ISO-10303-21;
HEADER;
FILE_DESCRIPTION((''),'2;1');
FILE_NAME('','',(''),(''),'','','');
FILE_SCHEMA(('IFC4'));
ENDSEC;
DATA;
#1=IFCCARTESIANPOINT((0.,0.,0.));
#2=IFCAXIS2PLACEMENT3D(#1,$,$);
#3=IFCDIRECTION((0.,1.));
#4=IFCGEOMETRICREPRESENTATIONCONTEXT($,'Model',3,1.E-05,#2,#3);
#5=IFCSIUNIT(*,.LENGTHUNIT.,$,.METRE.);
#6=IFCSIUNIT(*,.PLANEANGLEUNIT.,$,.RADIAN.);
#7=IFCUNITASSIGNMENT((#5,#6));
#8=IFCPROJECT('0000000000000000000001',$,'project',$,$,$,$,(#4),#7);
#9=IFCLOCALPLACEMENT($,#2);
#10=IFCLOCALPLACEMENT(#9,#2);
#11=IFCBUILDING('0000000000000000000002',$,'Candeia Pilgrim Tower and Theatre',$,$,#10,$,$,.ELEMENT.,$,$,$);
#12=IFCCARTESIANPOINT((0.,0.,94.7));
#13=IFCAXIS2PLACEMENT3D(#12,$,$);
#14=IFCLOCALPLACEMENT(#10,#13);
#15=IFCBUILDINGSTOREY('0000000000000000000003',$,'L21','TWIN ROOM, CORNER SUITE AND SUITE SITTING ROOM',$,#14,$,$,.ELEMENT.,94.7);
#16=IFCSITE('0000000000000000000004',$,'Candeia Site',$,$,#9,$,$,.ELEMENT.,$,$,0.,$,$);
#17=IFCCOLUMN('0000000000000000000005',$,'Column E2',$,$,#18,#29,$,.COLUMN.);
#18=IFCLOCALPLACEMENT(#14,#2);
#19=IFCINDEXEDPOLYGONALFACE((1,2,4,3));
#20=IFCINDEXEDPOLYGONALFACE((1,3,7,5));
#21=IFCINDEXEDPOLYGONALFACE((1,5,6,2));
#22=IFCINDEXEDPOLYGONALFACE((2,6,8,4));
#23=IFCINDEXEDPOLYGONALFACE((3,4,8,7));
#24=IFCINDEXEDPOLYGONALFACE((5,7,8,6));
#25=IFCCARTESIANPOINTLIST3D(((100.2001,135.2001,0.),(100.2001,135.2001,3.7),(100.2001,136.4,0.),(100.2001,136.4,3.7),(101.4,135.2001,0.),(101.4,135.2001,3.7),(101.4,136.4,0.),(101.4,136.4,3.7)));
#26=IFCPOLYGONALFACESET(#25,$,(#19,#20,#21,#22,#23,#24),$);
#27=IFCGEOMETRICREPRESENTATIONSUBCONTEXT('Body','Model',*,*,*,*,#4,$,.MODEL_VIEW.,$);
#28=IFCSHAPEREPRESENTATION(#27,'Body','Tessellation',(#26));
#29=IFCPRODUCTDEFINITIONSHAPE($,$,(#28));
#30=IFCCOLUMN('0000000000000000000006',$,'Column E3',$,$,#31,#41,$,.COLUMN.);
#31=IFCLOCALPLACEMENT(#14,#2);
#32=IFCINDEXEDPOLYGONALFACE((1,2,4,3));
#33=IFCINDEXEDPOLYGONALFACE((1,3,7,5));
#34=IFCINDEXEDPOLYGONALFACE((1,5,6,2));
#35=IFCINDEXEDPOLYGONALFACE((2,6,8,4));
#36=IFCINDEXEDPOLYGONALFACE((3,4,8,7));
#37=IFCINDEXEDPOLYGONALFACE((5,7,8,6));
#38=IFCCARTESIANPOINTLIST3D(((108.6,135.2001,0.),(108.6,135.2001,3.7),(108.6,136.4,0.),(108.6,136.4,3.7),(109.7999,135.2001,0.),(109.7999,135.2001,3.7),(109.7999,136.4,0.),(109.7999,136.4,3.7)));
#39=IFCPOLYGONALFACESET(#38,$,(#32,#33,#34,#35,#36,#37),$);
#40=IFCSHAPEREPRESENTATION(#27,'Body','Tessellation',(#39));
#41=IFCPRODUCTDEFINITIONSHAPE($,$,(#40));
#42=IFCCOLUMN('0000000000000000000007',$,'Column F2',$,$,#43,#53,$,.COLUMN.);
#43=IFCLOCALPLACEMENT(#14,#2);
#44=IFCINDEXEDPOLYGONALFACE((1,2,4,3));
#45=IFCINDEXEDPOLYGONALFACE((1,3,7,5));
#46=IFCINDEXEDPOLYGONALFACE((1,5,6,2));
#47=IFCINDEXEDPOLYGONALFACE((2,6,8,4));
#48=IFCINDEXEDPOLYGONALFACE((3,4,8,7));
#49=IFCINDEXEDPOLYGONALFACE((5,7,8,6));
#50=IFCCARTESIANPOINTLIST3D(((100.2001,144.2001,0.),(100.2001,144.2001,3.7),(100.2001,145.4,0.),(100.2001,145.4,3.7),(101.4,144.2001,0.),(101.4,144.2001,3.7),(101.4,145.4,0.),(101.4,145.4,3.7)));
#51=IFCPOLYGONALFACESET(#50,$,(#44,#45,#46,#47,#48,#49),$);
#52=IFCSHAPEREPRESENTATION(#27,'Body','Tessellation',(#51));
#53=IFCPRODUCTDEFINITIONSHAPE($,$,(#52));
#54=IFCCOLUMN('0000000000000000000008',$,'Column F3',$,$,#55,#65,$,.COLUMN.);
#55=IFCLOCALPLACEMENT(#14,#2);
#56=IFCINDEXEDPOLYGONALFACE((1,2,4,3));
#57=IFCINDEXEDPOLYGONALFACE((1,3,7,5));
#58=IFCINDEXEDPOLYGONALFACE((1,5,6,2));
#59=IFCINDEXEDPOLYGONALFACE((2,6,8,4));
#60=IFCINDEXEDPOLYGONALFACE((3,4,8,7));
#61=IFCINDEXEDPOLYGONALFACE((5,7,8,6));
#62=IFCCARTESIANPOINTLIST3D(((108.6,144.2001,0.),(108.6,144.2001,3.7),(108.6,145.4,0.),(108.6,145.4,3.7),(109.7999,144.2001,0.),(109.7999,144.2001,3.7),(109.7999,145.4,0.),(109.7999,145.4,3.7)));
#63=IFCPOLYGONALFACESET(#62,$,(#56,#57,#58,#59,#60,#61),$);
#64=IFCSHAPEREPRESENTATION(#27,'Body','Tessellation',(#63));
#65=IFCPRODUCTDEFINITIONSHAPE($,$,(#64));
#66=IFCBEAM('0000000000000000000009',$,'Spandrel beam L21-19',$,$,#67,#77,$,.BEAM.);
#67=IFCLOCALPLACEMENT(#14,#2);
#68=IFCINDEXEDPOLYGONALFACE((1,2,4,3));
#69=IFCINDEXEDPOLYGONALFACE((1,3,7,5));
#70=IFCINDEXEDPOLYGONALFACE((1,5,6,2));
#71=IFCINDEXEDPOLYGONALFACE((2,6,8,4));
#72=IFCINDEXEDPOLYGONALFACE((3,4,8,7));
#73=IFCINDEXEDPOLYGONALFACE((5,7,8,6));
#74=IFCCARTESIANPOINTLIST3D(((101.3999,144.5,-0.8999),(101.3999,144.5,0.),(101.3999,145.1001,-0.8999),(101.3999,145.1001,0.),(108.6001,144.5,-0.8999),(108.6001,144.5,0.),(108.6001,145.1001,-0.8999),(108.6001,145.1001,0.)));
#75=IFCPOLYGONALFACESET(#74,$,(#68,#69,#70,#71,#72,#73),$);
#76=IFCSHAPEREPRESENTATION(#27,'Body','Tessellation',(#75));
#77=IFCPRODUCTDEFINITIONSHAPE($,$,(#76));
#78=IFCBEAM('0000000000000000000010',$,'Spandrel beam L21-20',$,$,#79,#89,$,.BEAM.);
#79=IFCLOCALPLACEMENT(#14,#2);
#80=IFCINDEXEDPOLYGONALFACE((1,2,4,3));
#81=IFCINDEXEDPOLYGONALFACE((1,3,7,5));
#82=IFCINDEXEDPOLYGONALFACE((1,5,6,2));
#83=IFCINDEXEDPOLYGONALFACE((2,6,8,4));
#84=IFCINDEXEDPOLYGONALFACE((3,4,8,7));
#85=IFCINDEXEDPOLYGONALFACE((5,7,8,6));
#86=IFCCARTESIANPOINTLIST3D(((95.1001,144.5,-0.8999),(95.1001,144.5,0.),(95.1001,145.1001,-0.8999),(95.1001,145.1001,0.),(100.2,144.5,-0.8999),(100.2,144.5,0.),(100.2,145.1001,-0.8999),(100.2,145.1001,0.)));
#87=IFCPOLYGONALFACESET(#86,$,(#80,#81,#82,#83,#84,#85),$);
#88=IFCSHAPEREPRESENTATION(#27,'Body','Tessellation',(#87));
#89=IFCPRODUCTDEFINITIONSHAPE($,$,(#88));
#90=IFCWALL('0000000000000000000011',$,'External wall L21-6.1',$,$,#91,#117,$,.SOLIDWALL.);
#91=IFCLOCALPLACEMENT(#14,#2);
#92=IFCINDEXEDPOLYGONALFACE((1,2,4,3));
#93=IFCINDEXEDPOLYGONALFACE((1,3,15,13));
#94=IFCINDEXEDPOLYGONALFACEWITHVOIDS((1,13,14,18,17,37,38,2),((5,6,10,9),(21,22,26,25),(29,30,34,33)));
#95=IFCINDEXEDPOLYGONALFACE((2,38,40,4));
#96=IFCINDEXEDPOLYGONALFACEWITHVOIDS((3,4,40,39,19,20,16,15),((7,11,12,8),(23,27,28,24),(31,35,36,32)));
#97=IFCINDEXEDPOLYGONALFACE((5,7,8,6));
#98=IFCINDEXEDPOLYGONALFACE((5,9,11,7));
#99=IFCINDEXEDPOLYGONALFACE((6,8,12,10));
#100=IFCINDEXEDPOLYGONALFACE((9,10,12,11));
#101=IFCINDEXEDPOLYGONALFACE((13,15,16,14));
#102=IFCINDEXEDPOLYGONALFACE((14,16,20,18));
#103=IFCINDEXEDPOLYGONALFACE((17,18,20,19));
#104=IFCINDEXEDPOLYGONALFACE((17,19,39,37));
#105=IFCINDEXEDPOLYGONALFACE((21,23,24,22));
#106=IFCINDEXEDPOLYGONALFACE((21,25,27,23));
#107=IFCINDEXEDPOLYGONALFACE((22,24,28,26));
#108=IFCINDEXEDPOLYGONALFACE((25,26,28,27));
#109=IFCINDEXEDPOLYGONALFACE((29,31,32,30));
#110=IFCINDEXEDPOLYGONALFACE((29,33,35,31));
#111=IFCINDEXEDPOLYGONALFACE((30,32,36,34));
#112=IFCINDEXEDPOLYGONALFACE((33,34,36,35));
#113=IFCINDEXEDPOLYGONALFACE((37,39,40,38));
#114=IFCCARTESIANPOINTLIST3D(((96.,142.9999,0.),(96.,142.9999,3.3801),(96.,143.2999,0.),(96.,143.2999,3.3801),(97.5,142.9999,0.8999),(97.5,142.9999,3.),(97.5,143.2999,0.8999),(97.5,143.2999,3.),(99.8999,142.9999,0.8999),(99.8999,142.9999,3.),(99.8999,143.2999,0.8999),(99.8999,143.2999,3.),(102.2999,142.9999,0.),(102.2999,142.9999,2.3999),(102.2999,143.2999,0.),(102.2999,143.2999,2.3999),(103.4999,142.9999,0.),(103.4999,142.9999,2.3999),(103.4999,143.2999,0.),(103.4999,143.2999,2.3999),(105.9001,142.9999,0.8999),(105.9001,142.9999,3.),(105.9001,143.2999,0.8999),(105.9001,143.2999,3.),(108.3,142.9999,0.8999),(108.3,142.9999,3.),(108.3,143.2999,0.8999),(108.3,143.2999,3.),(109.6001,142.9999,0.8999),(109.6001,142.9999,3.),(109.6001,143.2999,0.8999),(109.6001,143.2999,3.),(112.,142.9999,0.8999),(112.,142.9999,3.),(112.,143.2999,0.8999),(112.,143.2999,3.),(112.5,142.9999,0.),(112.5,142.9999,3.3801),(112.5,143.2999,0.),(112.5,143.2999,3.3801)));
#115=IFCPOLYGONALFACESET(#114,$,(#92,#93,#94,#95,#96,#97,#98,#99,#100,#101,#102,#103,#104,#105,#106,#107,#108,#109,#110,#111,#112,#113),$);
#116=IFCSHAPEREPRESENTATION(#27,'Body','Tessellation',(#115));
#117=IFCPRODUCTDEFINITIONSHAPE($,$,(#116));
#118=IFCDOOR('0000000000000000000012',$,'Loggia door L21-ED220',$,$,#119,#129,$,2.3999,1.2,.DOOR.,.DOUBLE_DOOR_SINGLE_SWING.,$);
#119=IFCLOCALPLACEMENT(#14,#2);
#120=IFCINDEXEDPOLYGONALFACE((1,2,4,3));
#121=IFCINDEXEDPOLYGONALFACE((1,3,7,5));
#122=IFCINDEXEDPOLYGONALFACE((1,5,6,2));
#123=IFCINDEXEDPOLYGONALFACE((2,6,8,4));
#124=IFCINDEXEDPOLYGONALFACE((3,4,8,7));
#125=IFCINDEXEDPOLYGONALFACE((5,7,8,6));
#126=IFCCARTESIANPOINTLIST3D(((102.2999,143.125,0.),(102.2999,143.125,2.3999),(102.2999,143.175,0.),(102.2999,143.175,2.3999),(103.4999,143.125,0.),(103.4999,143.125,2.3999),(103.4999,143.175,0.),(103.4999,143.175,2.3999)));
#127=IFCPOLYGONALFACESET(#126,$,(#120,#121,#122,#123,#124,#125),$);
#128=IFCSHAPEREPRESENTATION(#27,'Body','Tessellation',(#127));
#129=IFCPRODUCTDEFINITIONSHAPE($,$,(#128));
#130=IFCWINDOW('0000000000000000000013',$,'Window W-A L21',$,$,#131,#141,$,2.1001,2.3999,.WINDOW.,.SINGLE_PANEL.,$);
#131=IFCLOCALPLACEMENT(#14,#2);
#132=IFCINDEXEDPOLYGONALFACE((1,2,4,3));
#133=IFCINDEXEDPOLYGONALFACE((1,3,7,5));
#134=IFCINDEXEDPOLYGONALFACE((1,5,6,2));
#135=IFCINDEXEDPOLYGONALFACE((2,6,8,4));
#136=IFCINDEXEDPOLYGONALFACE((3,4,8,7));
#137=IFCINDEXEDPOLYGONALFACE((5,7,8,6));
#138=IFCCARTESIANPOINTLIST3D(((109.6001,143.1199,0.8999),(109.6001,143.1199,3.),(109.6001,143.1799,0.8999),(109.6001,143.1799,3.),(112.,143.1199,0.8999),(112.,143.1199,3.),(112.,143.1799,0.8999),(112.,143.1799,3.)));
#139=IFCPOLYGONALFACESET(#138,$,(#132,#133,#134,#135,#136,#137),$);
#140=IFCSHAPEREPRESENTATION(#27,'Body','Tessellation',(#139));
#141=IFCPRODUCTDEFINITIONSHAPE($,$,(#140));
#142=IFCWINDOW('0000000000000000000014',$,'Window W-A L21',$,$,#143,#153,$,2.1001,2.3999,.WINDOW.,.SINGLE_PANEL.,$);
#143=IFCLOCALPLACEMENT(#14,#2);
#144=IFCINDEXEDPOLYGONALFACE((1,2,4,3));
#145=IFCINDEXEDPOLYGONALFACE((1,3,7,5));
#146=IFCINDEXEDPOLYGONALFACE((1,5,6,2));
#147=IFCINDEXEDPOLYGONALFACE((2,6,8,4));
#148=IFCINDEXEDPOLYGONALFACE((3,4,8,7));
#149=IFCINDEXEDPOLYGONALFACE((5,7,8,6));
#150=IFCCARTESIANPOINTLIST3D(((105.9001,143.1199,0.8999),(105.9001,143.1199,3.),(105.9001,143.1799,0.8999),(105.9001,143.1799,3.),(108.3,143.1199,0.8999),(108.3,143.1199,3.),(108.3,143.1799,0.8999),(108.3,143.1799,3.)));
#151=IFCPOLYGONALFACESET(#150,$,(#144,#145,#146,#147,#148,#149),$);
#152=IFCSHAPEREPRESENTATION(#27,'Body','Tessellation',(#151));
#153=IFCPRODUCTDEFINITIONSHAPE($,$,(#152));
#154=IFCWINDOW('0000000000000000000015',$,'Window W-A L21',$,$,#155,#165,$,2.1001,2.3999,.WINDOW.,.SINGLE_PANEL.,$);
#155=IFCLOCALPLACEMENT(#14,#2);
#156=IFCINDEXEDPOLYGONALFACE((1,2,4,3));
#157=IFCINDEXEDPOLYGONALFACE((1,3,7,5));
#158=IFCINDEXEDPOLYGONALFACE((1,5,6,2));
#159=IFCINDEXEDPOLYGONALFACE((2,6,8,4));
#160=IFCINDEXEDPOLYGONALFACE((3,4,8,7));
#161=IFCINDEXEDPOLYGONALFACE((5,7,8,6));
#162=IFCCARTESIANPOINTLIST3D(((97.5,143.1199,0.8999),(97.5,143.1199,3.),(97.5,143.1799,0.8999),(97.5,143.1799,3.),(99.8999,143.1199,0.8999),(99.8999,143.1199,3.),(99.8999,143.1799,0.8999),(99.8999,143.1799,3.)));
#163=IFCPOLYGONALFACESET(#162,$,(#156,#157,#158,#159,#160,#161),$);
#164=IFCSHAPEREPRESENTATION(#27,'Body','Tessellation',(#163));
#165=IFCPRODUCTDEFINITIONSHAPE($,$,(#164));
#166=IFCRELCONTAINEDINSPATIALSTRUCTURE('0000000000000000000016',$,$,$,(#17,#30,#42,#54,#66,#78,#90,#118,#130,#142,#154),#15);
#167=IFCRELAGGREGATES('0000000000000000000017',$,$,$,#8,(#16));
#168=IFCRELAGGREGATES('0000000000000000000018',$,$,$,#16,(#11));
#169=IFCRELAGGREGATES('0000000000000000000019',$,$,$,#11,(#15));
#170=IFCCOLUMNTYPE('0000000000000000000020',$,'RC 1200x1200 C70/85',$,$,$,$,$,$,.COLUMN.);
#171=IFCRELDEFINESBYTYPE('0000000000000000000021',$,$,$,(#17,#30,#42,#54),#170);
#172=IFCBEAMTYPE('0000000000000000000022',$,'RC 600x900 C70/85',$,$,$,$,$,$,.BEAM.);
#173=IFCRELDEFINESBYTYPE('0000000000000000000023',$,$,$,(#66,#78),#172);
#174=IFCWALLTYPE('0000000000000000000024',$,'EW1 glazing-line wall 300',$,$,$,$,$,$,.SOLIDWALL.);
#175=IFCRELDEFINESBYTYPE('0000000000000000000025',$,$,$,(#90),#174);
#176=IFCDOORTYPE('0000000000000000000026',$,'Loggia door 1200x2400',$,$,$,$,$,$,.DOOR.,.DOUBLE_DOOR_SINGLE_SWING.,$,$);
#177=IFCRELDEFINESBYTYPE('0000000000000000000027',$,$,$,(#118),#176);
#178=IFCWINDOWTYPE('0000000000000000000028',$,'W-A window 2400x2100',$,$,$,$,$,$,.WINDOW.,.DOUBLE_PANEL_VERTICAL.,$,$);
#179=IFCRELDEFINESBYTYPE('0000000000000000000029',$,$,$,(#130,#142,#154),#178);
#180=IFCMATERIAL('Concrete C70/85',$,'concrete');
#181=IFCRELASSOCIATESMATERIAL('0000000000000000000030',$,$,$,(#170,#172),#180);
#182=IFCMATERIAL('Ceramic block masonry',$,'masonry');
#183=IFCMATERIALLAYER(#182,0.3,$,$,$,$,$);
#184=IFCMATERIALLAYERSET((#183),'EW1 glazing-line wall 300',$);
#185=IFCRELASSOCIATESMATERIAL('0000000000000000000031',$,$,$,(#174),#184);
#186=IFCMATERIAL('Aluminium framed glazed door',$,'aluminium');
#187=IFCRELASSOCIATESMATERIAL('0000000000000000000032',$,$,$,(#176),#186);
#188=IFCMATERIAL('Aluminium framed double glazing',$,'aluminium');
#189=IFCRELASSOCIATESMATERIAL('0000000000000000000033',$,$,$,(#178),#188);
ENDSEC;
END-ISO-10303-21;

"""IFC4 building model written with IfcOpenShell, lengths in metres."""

from ifc_helpers import new_model, si_unit, direction, frame, frame_2d, origin, origin_2d, place, context, subcontext, project, spatial, rectangle, extrude, material, layer, layer_set, material_profile, profile_set, type_object, element, fill, save


model = new_model("IFC4")

# Units and contexts
model_context = context("Model", 3, precision=1e-05, world=origin(), true_north=direction((0.0, 1.0)))
body_context = subcontext(model_context, "Body", "Model", "MODEL_VIEW")
ifc_project = project(units=[si_unit("LENGTHUNIT", "METRE"), si_unit("PLANEANGLEUNIT", "RADIAN")], contexts=[model_context])

# Site, building, storey
site_placement = place(None, origin())
site = spatial("IfcSite", under=ifc_project, at=site_placement, Name="Candeia Site", CompositionType="ELEMENT", RefElevation=0.0)
building_placement = place(site_placement, origin())
building = spatial("IfcBuilding", under=site, at=building_placement, Name="Candeia Pilgrim Tower and Theatre", CompositionType="ELEMENT")
storey_placement = place(building_placement, frame((0.0, 0.0, 94.7)))
storey = spatial("IfcBuildingStorey", under=building, at=storey_placement, Name="L21", Description="TWIN ROOM, CORNER SUITE AND SUITE SITTING ROOM", CompositionType="ELEMENT", Elevation=94.7)

# Columns
ifc_material_1 = material(Name="Concrete C70/85", Category="concrete")
ifc_material_profile_1 = material_profile(ifc_material_1, rectangle(XDim=1.2, YDim=1.2, at=origin_2d()))
ifc_profile_set_1 = profile_set([ifc_material_profile_1], Name="Concrete C70/85")
column_type = type_object("IfcColumnType", Name="RC 1200x1200 C70/85", PredefinedType="COLUMN", material=ifc_profile_set_1)
for number, where, z_axis, x_axis, name in (
    (1, (100.8, 135.8, 0.0), (0.0, 0.0, 1.0), (1.0, 0.0, 0.0), "Column E2"),
    (2, (109.2, 135.8, 0.0), (0.0, 0.0, 1.0), (1.0, 0.0, 0.0), "Column E3"),
    (3, (100.8, 144.8, 0.0), (0.0, 0.0, 1.0), (1.0, 0.0, 0.0), "Column F2"),
    (4, (109.2, 144.8, 0.0), (0.0, 0.0, 1.0), (1.0, 0.0, 0.0), "Column F3"),
):
    element("IfcColumn", number, at=place(storey_placement, frame(where, z_axis=z_axis, x_axis=x_axis)), inside=storey, type_object=column_type, Name=name, PredefinedType="COLUMN", context=body_context, shape_type="SweptSolid", body=[
        extrude(rectangle(XDim=1.2, YDim=1.2, at=origin_2d()), origin(), (0.0, 0.0, 1.0), 3.7),
    ])

# Beams
ifc_material_profile_2 = material_profile(ifc_material_1, rectangle(XDim=0.6001, YDim=0.8999, at=origin_2d()))
ifc_profile_set_2 = profile_set([ifc_material_profile_2], Name="Concrete C70/85")
beam_type = type_object("IfcBeamType", Name="RC 600x900 C70/85", PredefinedType="BEAM", material=ifc_profile_set_2)
beam_1_placement = place(storey_placement, frame((108.6001, 144.8, -0.45), z_axis=(-1.0, 0.0, 0.0), x_axis=(0.0, -1.0, 0.0)))
element("IfcBeam", 5, at=beam_1_placement, inside=storey, type_object=beam_type, Name="Spandrel beam L21-19", PredefinedType="BEAM", context=body_context, shape_type="SweptSolid", body=[
    extrude(rectangle(XDim=0.6001, YDim=0.8999, at=origin_2d()), origin(), (0.0, 0.0, 1.0), 7.2002),
])
beam_2_placement = place(storey_placement, frame((100.2, 144.8, -0.45), z_axis=(-1.0, 0.0, 0.0), x_axis=(0.0, -1.0, 0.0)))
element("IfcBeam", 6, at=beam_2_placement, inside=storey, type_object=beam_type, Name="Spandrel beam L21-20", PredefinedType="BEAM", context=body_context, shape_type="SweptSolid", body=[
    extrude(rectangle(XDim=0.6001, YDim=0.8999, at=origin_2d()), origin(), (0.0, 0.0, 1.0), 5.0999),
])

# Wall, openings, door, windows
ifc_material_2 = material(Name="Ceramic block masonry", Category="masonry")
ifc_layer_1 = layer(ifc_material_2, 0.3)
ifc_layer_set_1 = layer_set([ifc_layer_1], Name="EW1 glazing-line wall 300")
wall_type_1 = type_object("IfcWallType", Name="EW1 glazing-line wall 300", PredefinedType="SOLIDWALL", material=ifc_layer_set_1)
wall_1_placement = place(storey_placement, frame((112.5, 143.1499, 0.0), z_axis=(0.0, 0.0, 1.0), x_axis=(-1.0, 0.0, 0.0)))
wall_1 = element("IfcWall", 7, at=wall_1_placement, inside=storey, type_object=wall_type_1, Name="External wall L21-6.1", PredefinedType="SOLIDWALL", context=body_context, shape_type="SweptSolid", body=[
    extrude(rectangle(XDim=16.5, YDim=0.3, at=frame_2d((8.25, 0.0))), origin(), (0.0, 0.0, 1.0), 3.3801),
])
opening_1_placement = place(wall_1_placement, frame((0.5, 0.0, 0.8999)))
opening_1 = element("IfcOpeningElement", 8, at=opening_1_placement, cuts=wall_1, PredefinedType="OPENING", context=body_context, shape_type="SweptSolid", body=[
    extrude(rectangle(XDim=2.3999, YDim=2.1001, at=frame_2d((1.2, 1.05))), frame((0.0, 0.1602, 0.0), z_axis=(0.0, -1.0, 0.0), x_axis=(1.0, 0.0, 0.0)), (0.0, 0.0, 1.0), 0.3201),
])
opening_2_placement = place(wall_1_placement, frame((4.2, 0.0, 0.8999)))
opening_2 = element("IfcOpeningElement", 9, at=opening_2_placement, cuts=wall_1, PredefinedType="OPENING", context=body_context, shape_type="SweptSolid", body=[
    extrude(rectangle(XDim=2.3999, YDim=2.1001, at=frame_2d((1.2, 1.05))), frame((0.0, 0.1602, 0.0), z_axis=(0.0, -1.0, 0.0), x_axis=(1.0, 0.0, 0.0)), (0.0, 0.0, 1.0), 0.3201),
])
opening_3_placement = place(wall_1_placement, frame((9.0, 0.0, 0.0)))
opening_3 = element("IfcOpeningElement", 10, at=opening_3_placement, cuts=wall_1, PredefinedType="OPENING", context=body_context, shape_type="SweptSolid", body=[
    extrude(rectangle(XDim=1.2, YDim=2.3999, at=frame_2d((0.6001, 1.2))), frame((0.0, 0.1602, 0.0), z_axis=(0.0, -1.0, 0.0), x_axis=(1.0, 0.0, 0.0)), (0.0, 0.0, 1.0), 0.3201),
])
opening_4_placement = place(wall_1_placement, frame((12.6001, 0.0, 0.8999)))
opening_4 = element("IfcOpeningElement", 11, at=opening_4_placement, cuts=wall_1, PredefinedType="OPENING", context=body_context, shape_type="SweptSolid", body=[
    extrude(rectangle(XDim=2.3999, YDim=2.1001, at=frame_2d((1.2, 1.05))), frame((0.0, 0.1602, 0.0), z_axis=(0.0, -1.0, 0.0), x_axis=(1.0, 0.0, 0.0)), (0.0, 0.0, 1.0), 0.3201),
])
ifc_material_3 = material(Name="Aluminium framed glazed door", Category="aluminium")
door_type_1 = type_object("IfcDoorType", Name="Loggia door 1200x2400", OperationType="DOUBLE_DOOR_SINGLE_SWING", PredefinedType="DOOR", material=ifc_material_3)
door_1_placement = place(opening_3_placement, origin())
door_1 = element("IfcDoor", 12, at=door_1_placement, inside=storey, type_object=door_type_1, Name="Loggia door L21-ED220", OperationType="DOUBLE_DOOR_SINGLE_SWING", OverallHeight=2.3999, OverallWidth=1.2, PredefinedType="DOOR", context=body_context, shape_type="SweptSolid", body=[
    extrude(rectangle(XDim=1.2, YDim=2.3999, at=frame_2d((0.6001, 1.2))), frame((0.0, 0.0249, 0.0), z_axis=(0.0, -1.0, 0.0), x_axis=(1.0, 0.0, 0.0)), (0.0, 0.0, 1.0), 0.05),
])
fill(opening_3, door_1)
ifc_material_4 = material(Name="Aluminium framed double glazing", Category="aluminium")
window_type_1 = type_object("IfcWindowType", Name="W-A window 2400x2100", PartitioningType="DOUBLE_PANEL_VERTICAL", PredefinedType="WINDOW", material=ifc_material_4)
window_1_placement = place(opening_1_placement, origin())
window_1 = element("IfcWindow", 13, at=window_1_placement, inside=storey, type_object=window_type_1, Name="Window W-A L21", OverallHeight=2.1001, OverallWidth=2.3999, PartitioningType="SINGLE_PANEL", PredefinedType="WINDOW", context=body_context, shape_type="SweptSolid", body=[
    extrude(rectangle(XDim=2.3999, YDim=2.1001, at=frame_2d((1.2, 1.05))), frame((0.0, 0.03, 0.0), z_axis=(0.0, -1.0, 0.0), x_axis=(1.0, 0.0, 0.0)), (0.0, 0.0, 1.0), 0.0601),
])
fill(opening_1, window_1)
window_2_placement = place(opening_2_placement, origin())
window_2 = element("IfcWindow", 14, at=window_2_placement, inside=storey, type_object=window_type_1, Name="Window W-A L21", OverallHeight=2.1001, OverallWidth=2.3999, PartitioningType="SINGLE_PANEL", PredefinedType="WINDOW", context=body_context, shape_type="SweptSolid", body=[
    extrude(rectangle(XDim=2.3999, YDim=2.1001, at=frame_2d((1.2, 1.05))), frame((0.0, 0.03, 0.0), z_axis=(0.0, -1.0, 0.0), x_axis=(1.0, 0.0, 0.0)), (0.0, 0.0, 1.0), 0.0601),
])
fill(opening_2, window_2)
window_3_placement = place(opening_4_placement, origin())
window_3 = element("IfcWindow", 15, at=window_3_placement, inside=storey, type_object=window_type_1, Name="Window W-A L21", OverallHeight=2.1001, OverallWidth=2.3999, PartitioningType="SINGLE_PANEL", PredefinedType="WINDOW", context=body_context, shape_type="SweptSolid", body=[
    extrude(rectangle(XDim=2.3999, YDim=2.1001, at=frame_2d((1.2, 1.05))), frame((0.0, 0.03, 0.0), z_axis=(0.0, -1.0, 0.0), x_axis=(1.0, 0.0, 0.0)), (0.0, 0.0, 1.0), 0.0601),
])
fill(opening_4, window_3)

save(model, "model.ifc")
